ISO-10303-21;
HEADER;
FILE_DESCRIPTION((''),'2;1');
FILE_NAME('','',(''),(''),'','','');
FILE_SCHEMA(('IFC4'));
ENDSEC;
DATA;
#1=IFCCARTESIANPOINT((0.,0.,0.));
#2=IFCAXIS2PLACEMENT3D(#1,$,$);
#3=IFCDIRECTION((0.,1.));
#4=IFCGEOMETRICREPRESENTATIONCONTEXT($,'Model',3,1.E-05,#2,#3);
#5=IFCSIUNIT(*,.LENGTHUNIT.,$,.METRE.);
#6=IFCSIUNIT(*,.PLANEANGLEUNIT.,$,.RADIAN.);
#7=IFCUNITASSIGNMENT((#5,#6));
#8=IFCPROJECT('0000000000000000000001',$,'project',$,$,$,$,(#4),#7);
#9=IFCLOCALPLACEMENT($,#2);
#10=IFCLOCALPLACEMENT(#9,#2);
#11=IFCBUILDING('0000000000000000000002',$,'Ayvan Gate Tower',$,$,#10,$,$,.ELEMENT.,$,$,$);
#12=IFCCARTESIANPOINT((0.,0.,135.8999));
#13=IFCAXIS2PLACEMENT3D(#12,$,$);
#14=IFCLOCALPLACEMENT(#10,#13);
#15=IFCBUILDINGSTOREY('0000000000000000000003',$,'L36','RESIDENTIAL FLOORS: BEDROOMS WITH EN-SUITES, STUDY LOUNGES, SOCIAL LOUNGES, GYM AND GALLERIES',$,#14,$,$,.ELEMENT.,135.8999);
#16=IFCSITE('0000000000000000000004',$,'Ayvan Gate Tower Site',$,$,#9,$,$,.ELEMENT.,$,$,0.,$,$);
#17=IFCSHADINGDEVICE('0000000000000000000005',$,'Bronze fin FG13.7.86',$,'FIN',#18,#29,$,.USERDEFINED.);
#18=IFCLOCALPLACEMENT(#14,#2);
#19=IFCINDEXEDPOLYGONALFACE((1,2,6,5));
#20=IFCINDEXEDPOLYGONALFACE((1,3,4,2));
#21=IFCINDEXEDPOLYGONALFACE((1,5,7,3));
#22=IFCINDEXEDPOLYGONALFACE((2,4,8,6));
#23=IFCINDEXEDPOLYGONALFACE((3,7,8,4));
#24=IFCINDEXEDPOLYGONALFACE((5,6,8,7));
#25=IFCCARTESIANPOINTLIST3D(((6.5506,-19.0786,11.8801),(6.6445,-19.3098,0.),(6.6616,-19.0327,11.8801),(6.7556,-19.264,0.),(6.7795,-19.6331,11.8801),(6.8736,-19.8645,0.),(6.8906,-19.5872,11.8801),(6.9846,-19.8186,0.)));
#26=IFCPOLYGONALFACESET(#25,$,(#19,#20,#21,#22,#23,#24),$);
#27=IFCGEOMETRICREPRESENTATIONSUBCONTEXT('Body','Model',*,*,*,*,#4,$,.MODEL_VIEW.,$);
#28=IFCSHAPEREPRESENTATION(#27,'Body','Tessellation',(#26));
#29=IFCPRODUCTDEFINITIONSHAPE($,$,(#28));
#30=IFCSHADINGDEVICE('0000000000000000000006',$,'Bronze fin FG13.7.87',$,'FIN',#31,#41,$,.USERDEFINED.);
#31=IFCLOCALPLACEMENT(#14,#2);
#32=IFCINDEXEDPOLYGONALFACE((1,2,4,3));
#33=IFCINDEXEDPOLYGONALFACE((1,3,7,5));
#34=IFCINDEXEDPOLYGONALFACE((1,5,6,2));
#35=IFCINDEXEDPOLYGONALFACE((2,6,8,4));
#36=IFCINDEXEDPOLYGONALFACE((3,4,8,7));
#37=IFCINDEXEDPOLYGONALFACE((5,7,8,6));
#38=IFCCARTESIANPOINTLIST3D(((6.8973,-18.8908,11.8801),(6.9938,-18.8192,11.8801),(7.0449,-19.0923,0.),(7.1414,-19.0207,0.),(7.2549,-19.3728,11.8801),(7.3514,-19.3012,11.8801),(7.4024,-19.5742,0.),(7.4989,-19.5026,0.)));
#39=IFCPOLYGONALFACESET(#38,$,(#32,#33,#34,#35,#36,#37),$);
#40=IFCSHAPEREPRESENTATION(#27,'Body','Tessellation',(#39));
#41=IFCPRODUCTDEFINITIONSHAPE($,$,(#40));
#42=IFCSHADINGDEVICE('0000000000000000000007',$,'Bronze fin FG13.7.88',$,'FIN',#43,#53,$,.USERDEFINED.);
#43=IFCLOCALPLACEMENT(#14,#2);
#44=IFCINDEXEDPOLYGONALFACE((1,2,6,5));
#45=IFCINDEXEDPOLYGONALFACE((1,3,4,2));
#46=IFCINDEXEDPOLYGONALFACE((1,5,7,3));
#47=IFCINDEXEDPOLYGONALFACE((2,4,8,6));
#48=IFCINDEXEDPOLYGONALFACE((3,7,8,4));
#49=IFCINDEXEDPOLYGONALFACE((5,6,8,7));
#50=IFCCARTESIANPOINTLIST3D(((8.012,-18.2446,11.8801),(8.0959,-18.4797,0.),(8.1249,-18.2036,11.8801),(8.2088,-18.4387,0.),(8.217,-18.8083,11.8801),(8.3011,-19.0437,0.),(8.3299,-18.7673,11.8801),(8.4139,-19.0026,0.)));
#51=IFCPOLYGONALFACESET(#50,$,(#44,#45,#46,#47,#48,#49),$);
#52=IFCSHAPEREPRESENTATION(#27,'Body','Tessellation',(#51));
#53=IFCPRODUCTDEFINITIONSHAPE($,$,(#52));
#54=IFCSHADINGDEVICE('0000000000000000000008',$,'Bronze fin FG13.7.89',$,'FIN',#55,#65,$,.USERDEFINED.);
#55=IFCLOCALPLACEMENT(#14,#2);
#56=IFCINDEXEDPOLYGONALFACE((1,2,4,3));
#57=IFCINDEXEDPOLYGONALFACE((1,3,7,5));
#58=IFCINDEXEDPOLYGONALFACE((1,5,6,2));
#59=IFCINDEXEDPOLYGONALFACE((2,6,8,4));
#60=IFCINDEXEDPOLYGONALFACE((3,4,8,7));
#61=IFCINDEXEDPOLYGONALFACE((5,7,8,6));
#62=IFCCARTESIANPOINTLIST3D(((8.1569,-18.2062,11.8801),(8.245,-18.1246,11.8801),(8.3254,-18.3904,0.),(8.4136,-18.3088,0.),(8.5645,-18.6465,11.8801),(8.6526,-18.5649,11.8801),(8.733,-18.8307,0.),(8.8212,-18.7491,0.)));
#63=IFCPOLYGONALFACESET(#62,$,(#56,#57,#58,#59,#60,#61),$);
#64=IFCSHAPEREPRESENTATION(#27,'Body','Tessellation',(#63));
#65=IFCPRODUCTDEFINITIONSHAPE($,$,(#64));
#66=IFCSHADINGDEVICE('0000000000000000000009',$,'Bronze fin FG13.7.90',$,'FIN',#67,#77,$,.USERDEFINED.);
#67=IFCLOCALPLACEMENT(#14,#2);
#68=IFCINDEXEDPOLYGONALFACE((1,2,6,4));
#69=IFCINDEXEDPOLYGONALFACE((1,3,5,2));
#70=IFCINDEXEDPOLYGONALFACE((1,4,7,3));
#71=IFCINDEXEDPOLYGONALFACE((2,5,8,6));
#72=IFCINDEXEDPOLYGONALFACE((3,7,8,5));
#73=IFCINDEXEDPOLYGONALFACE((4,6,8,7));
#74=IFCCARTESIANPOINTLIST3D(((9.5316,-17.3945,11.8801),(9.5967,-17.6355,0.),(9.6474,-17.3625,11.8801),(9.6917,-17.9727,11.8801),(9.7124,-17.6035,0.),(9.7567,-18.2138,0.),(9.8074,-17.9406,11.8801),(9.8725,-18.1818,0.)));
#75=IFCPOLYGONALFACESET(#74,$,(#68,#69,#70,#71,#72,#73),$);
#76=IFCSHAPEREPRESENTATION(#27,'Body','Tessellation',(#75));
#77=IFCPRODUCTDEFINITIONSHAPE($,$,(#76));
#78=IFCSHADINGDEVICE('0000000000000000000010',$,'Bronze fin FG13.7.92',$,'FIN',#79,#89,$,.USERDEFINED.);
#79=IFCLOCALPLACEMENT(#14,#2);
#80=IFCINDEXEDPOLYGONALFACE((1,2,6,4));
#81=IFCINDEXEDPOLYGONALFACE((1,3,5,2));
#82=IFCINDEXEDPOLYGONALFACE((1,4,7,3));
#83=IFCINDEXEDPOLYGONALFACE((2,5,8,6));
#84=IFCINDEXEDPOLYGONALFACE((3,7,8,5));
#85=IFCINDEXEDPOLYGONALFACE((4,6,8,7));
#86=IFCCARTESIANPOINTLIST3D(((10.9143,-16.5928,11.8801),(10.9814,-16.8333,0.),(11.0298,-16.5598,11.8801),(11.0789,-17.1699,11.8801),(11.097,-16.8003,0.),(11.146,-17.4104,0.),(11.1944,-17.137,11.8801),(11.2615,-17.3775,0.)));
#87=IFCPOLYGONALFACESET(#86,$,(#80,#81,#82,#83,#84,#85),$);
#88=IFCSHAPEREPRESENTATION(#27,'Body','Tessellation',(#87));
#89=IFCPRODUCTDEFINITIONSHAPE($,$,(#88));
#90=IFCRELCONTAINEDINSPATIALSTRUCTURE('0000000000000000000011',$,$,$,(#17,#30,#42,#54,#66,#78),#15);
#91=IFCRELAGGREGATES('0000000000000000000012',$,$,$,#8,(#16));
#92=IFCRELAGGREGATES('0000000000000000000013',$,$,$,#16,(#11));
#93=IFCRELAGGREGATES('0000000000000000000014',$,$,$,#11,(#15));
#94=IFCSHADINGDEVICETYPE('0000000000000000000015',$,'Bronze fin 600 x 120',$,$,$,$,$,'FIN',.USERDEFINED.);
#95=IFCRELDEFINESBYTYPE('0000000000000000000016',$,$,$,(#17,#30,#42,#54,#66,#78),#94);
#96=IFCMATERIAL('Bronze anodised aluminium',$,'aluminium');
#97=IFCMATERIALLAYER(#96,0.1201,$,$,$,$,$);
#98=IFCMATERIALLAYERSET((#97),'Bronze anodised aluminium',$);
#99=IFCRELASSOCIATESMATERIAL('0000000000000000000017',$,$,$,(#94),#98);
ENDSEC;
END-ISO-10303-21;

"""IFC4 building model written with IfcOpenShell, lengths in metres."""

from ifc_helpers import new_model, si_unit, direction, frame, origin, place, context, subcontext, project, spatial, polyline, outline, extrude, material, layer, layer_set, type_object, element, save


model = new_model("IFC4")

# Units and contexts
model_context = context("Model", 3, precision=1e-05, world=origin(), true_north=direction((0.0, 1.0)))
body_context = subcontext(model_context, "Body", "Model", "MODEL_VIEW")
ifc_project = project(units=[si_unit("LENGTHUNIT", "METRE"), si_unit("PLANEANGLEUNIT", "RADIAN")], contexts=[model_context])

# Site, building, storey
site_placement = place(None, origin())
site = spatial("IfcSite", under=ifc_project, at=site_placement, Name="Ayvan Gate Tower Site", CompositionType="ELEMENT", RefElevation=0.0)
building_placement = place(site_placement, origin())
building = spatial("IfcBuilding", under=site, at=building_placement, Name="Ayvan Gate Tower", CompositionType="ELEMENT")
storey_placement = place(building_placement, frame((0.0, 0.0, 135.8999)))
storey = spatial("IfcBuildingStorey", under=building, at=storey_placement, Name="L36", Description="RESIDENTIAL FLOORS: BEDROOMS WITH EN-SUITES, STUDY LOUNGES, SOCIAL LOUNGES, GYM AND GALLERIES", CompositionType="ELEMENT", Elevation=135.8999)

# Shared definitions
ifc_material_1 = material(Name="Bronze anodised aluminium", Category="aluminium")

# Shading devices
ifc_layer_1 = layer(ifc_material_1, 0.1201)
ifc_layer_set_1 = layer_set([ifc_layer_1], Name="Bronze anodised aluminium")
shading_device_type = type_object("IfcShadingDeviceType", Name="Bronze fin 600 x 120", ElementType="FIN", PredefinedType="USERDEFINED", material=ifc_layer_set_1)
shading_device_1_placement = place(storey_placement, frame((6.6445, -19.3098, 0.0), z_axis=(-0.924294, -0.381681, 0.000119), x_axis=(0.381681, -0.924294, 0.0)))
element("IfcShadingDevice", 1, at=shading_device_1_placement, inside=storey, type_object=shading_device_type, Name="Bronze fin FG13.7.86", ObjectType="FIN", PredefinedType="USERDEFINED", context=body_context, shape_type="SweptSolid", body=[
    extrude(outline(polyline([(0.0, 0.0), (0.6001, 0.0), (0.3503, 11.8801), (-0.2496, 11.8801), (0.0, 0.0)])), origin(), (0.0, 0.0, -1.0), 0.1201),
])
shading_device_2_placement = place(storey_placement, frame((7.0449, -19.0923, 0.0), z_axis=(-0.803114, -0.595826, 0.000125), x_axis=(0.595826, -0.803114, 0.0)))
element("IfcShadingDevice", 2, at=shading_device_2_placement, inside=storey, type_object=shading_device_type, Name="Bronze fin FG13.7.87", ObjectType="FIN", PredefinedType="USERDEFINED", context=body_context, shape_type="SweptSolid", body=[
    extrude(outline(polyline([(0.0, 0.0), (0.6, 0.0), (0.3504, 11.8801), (-0.2498, 11.8801), (0.0, 0.0)])), origin(), (0.0, 0.0, -1.0), 0.1201),
])
shading_device_3_placement = place(storey_placement, frame((8.0959, -18.4797, 0.0), z_axis=(-0.93977, -0.341808, 0.000124), x_axis=(0.341808, -0.93977, 0.0)))
element("IfcShadingDevice", 3, at=shading_device_3_placement, inside=storey, type_object=shading_device_type, Name="Bronze fin FG13.7.88", ObjectType="FIN", PredefinedType="USERDEFINED", context=body_context, shape_type="SweptSolid", body=[
    extrude(outline(polyline([(0.0, 0.0), (0.6001, 0.0), (0.3502, 11.8801), (-0.2497, 11.8801), (0.0, 0.0)])), origin(), (0.0, 0.0, -1.0), 0.1201),
])
shading_device_4_placement = place(storey_placement, frame((8.3254, -18.3904, 0.0), z_axis=(-0.733843, -0.679319, 0.00012), x_axis=(0.679319, -0.733843, 0.0)))
element("IfcShadingDevice", 4, at=shading_device_4_placement, inside=storey, type_object=shading_device_type, Name="Bronze fin FG13.7.89", ObjectType="FIN", PredefinedType="USERDEFINED", context=body_context, shape_type="SweptSolid", body=[
    extrude(outline(polyline([(0.0, 0.0), (0.6, 0.0), (0.3503, 11.8801), (-0.2497, 11.8801), (0.0, 0.0)])), origin(), (0.0, 0.0, -1.0), 0.1201),
])
shading_device_5_placement = place(storey_placement, frame((9.5967, -17.6355, 0.0), z_axis=(-0.963771, -0.266731, 0.000135), x_axis=(0.266731, -0.963771, 0.0)))
element("IfcShadingDevice", 5, at=shading_device_5_placement, inside=storey, type_object=shading_device_type, Name="Bronze fin FG13.7.90", ObjectType="FIN", PredefinedType="USERDEFINED", context=body_context, shape_type="SweptSolid", body=[
    extrude(outline(polyline([(0.0, 0.0), (0.6001, 0.0), (0.3503, 11.8801), (-0.2496, 11.8801), (0.0, 0.0)])), origin(), (0.0, 0.0, -1.0), 0.1201),
])
shading_device_6_placement = place(storey_placement, frame((10.9814, -16.8333, 0.0), z_axis=(-0.961677, -0.274184, 0.000115), x_axis=(0.274184, -0.961677, 0.0)))
element("IfcShadingDevice", 6, at=shading_device_6_placement, inside=storey, type_object=shading_device_type, Name="Bronze fin FG13.7.92", ObjectType="FIN", PredefinedType="USERDEFINED", context=body_context, shape_type="SweptSolid", body=[
    extrude(outline(polyline([(0.0, 0.0), (0.6001, 0.0), (0.3505, 11.8801), (-0.2497, 11.8801), (0.0, 0.0)])), origin(), (0.0, 0.0, -1.0), 0.1201),
])

save(model, "model.ifc")
